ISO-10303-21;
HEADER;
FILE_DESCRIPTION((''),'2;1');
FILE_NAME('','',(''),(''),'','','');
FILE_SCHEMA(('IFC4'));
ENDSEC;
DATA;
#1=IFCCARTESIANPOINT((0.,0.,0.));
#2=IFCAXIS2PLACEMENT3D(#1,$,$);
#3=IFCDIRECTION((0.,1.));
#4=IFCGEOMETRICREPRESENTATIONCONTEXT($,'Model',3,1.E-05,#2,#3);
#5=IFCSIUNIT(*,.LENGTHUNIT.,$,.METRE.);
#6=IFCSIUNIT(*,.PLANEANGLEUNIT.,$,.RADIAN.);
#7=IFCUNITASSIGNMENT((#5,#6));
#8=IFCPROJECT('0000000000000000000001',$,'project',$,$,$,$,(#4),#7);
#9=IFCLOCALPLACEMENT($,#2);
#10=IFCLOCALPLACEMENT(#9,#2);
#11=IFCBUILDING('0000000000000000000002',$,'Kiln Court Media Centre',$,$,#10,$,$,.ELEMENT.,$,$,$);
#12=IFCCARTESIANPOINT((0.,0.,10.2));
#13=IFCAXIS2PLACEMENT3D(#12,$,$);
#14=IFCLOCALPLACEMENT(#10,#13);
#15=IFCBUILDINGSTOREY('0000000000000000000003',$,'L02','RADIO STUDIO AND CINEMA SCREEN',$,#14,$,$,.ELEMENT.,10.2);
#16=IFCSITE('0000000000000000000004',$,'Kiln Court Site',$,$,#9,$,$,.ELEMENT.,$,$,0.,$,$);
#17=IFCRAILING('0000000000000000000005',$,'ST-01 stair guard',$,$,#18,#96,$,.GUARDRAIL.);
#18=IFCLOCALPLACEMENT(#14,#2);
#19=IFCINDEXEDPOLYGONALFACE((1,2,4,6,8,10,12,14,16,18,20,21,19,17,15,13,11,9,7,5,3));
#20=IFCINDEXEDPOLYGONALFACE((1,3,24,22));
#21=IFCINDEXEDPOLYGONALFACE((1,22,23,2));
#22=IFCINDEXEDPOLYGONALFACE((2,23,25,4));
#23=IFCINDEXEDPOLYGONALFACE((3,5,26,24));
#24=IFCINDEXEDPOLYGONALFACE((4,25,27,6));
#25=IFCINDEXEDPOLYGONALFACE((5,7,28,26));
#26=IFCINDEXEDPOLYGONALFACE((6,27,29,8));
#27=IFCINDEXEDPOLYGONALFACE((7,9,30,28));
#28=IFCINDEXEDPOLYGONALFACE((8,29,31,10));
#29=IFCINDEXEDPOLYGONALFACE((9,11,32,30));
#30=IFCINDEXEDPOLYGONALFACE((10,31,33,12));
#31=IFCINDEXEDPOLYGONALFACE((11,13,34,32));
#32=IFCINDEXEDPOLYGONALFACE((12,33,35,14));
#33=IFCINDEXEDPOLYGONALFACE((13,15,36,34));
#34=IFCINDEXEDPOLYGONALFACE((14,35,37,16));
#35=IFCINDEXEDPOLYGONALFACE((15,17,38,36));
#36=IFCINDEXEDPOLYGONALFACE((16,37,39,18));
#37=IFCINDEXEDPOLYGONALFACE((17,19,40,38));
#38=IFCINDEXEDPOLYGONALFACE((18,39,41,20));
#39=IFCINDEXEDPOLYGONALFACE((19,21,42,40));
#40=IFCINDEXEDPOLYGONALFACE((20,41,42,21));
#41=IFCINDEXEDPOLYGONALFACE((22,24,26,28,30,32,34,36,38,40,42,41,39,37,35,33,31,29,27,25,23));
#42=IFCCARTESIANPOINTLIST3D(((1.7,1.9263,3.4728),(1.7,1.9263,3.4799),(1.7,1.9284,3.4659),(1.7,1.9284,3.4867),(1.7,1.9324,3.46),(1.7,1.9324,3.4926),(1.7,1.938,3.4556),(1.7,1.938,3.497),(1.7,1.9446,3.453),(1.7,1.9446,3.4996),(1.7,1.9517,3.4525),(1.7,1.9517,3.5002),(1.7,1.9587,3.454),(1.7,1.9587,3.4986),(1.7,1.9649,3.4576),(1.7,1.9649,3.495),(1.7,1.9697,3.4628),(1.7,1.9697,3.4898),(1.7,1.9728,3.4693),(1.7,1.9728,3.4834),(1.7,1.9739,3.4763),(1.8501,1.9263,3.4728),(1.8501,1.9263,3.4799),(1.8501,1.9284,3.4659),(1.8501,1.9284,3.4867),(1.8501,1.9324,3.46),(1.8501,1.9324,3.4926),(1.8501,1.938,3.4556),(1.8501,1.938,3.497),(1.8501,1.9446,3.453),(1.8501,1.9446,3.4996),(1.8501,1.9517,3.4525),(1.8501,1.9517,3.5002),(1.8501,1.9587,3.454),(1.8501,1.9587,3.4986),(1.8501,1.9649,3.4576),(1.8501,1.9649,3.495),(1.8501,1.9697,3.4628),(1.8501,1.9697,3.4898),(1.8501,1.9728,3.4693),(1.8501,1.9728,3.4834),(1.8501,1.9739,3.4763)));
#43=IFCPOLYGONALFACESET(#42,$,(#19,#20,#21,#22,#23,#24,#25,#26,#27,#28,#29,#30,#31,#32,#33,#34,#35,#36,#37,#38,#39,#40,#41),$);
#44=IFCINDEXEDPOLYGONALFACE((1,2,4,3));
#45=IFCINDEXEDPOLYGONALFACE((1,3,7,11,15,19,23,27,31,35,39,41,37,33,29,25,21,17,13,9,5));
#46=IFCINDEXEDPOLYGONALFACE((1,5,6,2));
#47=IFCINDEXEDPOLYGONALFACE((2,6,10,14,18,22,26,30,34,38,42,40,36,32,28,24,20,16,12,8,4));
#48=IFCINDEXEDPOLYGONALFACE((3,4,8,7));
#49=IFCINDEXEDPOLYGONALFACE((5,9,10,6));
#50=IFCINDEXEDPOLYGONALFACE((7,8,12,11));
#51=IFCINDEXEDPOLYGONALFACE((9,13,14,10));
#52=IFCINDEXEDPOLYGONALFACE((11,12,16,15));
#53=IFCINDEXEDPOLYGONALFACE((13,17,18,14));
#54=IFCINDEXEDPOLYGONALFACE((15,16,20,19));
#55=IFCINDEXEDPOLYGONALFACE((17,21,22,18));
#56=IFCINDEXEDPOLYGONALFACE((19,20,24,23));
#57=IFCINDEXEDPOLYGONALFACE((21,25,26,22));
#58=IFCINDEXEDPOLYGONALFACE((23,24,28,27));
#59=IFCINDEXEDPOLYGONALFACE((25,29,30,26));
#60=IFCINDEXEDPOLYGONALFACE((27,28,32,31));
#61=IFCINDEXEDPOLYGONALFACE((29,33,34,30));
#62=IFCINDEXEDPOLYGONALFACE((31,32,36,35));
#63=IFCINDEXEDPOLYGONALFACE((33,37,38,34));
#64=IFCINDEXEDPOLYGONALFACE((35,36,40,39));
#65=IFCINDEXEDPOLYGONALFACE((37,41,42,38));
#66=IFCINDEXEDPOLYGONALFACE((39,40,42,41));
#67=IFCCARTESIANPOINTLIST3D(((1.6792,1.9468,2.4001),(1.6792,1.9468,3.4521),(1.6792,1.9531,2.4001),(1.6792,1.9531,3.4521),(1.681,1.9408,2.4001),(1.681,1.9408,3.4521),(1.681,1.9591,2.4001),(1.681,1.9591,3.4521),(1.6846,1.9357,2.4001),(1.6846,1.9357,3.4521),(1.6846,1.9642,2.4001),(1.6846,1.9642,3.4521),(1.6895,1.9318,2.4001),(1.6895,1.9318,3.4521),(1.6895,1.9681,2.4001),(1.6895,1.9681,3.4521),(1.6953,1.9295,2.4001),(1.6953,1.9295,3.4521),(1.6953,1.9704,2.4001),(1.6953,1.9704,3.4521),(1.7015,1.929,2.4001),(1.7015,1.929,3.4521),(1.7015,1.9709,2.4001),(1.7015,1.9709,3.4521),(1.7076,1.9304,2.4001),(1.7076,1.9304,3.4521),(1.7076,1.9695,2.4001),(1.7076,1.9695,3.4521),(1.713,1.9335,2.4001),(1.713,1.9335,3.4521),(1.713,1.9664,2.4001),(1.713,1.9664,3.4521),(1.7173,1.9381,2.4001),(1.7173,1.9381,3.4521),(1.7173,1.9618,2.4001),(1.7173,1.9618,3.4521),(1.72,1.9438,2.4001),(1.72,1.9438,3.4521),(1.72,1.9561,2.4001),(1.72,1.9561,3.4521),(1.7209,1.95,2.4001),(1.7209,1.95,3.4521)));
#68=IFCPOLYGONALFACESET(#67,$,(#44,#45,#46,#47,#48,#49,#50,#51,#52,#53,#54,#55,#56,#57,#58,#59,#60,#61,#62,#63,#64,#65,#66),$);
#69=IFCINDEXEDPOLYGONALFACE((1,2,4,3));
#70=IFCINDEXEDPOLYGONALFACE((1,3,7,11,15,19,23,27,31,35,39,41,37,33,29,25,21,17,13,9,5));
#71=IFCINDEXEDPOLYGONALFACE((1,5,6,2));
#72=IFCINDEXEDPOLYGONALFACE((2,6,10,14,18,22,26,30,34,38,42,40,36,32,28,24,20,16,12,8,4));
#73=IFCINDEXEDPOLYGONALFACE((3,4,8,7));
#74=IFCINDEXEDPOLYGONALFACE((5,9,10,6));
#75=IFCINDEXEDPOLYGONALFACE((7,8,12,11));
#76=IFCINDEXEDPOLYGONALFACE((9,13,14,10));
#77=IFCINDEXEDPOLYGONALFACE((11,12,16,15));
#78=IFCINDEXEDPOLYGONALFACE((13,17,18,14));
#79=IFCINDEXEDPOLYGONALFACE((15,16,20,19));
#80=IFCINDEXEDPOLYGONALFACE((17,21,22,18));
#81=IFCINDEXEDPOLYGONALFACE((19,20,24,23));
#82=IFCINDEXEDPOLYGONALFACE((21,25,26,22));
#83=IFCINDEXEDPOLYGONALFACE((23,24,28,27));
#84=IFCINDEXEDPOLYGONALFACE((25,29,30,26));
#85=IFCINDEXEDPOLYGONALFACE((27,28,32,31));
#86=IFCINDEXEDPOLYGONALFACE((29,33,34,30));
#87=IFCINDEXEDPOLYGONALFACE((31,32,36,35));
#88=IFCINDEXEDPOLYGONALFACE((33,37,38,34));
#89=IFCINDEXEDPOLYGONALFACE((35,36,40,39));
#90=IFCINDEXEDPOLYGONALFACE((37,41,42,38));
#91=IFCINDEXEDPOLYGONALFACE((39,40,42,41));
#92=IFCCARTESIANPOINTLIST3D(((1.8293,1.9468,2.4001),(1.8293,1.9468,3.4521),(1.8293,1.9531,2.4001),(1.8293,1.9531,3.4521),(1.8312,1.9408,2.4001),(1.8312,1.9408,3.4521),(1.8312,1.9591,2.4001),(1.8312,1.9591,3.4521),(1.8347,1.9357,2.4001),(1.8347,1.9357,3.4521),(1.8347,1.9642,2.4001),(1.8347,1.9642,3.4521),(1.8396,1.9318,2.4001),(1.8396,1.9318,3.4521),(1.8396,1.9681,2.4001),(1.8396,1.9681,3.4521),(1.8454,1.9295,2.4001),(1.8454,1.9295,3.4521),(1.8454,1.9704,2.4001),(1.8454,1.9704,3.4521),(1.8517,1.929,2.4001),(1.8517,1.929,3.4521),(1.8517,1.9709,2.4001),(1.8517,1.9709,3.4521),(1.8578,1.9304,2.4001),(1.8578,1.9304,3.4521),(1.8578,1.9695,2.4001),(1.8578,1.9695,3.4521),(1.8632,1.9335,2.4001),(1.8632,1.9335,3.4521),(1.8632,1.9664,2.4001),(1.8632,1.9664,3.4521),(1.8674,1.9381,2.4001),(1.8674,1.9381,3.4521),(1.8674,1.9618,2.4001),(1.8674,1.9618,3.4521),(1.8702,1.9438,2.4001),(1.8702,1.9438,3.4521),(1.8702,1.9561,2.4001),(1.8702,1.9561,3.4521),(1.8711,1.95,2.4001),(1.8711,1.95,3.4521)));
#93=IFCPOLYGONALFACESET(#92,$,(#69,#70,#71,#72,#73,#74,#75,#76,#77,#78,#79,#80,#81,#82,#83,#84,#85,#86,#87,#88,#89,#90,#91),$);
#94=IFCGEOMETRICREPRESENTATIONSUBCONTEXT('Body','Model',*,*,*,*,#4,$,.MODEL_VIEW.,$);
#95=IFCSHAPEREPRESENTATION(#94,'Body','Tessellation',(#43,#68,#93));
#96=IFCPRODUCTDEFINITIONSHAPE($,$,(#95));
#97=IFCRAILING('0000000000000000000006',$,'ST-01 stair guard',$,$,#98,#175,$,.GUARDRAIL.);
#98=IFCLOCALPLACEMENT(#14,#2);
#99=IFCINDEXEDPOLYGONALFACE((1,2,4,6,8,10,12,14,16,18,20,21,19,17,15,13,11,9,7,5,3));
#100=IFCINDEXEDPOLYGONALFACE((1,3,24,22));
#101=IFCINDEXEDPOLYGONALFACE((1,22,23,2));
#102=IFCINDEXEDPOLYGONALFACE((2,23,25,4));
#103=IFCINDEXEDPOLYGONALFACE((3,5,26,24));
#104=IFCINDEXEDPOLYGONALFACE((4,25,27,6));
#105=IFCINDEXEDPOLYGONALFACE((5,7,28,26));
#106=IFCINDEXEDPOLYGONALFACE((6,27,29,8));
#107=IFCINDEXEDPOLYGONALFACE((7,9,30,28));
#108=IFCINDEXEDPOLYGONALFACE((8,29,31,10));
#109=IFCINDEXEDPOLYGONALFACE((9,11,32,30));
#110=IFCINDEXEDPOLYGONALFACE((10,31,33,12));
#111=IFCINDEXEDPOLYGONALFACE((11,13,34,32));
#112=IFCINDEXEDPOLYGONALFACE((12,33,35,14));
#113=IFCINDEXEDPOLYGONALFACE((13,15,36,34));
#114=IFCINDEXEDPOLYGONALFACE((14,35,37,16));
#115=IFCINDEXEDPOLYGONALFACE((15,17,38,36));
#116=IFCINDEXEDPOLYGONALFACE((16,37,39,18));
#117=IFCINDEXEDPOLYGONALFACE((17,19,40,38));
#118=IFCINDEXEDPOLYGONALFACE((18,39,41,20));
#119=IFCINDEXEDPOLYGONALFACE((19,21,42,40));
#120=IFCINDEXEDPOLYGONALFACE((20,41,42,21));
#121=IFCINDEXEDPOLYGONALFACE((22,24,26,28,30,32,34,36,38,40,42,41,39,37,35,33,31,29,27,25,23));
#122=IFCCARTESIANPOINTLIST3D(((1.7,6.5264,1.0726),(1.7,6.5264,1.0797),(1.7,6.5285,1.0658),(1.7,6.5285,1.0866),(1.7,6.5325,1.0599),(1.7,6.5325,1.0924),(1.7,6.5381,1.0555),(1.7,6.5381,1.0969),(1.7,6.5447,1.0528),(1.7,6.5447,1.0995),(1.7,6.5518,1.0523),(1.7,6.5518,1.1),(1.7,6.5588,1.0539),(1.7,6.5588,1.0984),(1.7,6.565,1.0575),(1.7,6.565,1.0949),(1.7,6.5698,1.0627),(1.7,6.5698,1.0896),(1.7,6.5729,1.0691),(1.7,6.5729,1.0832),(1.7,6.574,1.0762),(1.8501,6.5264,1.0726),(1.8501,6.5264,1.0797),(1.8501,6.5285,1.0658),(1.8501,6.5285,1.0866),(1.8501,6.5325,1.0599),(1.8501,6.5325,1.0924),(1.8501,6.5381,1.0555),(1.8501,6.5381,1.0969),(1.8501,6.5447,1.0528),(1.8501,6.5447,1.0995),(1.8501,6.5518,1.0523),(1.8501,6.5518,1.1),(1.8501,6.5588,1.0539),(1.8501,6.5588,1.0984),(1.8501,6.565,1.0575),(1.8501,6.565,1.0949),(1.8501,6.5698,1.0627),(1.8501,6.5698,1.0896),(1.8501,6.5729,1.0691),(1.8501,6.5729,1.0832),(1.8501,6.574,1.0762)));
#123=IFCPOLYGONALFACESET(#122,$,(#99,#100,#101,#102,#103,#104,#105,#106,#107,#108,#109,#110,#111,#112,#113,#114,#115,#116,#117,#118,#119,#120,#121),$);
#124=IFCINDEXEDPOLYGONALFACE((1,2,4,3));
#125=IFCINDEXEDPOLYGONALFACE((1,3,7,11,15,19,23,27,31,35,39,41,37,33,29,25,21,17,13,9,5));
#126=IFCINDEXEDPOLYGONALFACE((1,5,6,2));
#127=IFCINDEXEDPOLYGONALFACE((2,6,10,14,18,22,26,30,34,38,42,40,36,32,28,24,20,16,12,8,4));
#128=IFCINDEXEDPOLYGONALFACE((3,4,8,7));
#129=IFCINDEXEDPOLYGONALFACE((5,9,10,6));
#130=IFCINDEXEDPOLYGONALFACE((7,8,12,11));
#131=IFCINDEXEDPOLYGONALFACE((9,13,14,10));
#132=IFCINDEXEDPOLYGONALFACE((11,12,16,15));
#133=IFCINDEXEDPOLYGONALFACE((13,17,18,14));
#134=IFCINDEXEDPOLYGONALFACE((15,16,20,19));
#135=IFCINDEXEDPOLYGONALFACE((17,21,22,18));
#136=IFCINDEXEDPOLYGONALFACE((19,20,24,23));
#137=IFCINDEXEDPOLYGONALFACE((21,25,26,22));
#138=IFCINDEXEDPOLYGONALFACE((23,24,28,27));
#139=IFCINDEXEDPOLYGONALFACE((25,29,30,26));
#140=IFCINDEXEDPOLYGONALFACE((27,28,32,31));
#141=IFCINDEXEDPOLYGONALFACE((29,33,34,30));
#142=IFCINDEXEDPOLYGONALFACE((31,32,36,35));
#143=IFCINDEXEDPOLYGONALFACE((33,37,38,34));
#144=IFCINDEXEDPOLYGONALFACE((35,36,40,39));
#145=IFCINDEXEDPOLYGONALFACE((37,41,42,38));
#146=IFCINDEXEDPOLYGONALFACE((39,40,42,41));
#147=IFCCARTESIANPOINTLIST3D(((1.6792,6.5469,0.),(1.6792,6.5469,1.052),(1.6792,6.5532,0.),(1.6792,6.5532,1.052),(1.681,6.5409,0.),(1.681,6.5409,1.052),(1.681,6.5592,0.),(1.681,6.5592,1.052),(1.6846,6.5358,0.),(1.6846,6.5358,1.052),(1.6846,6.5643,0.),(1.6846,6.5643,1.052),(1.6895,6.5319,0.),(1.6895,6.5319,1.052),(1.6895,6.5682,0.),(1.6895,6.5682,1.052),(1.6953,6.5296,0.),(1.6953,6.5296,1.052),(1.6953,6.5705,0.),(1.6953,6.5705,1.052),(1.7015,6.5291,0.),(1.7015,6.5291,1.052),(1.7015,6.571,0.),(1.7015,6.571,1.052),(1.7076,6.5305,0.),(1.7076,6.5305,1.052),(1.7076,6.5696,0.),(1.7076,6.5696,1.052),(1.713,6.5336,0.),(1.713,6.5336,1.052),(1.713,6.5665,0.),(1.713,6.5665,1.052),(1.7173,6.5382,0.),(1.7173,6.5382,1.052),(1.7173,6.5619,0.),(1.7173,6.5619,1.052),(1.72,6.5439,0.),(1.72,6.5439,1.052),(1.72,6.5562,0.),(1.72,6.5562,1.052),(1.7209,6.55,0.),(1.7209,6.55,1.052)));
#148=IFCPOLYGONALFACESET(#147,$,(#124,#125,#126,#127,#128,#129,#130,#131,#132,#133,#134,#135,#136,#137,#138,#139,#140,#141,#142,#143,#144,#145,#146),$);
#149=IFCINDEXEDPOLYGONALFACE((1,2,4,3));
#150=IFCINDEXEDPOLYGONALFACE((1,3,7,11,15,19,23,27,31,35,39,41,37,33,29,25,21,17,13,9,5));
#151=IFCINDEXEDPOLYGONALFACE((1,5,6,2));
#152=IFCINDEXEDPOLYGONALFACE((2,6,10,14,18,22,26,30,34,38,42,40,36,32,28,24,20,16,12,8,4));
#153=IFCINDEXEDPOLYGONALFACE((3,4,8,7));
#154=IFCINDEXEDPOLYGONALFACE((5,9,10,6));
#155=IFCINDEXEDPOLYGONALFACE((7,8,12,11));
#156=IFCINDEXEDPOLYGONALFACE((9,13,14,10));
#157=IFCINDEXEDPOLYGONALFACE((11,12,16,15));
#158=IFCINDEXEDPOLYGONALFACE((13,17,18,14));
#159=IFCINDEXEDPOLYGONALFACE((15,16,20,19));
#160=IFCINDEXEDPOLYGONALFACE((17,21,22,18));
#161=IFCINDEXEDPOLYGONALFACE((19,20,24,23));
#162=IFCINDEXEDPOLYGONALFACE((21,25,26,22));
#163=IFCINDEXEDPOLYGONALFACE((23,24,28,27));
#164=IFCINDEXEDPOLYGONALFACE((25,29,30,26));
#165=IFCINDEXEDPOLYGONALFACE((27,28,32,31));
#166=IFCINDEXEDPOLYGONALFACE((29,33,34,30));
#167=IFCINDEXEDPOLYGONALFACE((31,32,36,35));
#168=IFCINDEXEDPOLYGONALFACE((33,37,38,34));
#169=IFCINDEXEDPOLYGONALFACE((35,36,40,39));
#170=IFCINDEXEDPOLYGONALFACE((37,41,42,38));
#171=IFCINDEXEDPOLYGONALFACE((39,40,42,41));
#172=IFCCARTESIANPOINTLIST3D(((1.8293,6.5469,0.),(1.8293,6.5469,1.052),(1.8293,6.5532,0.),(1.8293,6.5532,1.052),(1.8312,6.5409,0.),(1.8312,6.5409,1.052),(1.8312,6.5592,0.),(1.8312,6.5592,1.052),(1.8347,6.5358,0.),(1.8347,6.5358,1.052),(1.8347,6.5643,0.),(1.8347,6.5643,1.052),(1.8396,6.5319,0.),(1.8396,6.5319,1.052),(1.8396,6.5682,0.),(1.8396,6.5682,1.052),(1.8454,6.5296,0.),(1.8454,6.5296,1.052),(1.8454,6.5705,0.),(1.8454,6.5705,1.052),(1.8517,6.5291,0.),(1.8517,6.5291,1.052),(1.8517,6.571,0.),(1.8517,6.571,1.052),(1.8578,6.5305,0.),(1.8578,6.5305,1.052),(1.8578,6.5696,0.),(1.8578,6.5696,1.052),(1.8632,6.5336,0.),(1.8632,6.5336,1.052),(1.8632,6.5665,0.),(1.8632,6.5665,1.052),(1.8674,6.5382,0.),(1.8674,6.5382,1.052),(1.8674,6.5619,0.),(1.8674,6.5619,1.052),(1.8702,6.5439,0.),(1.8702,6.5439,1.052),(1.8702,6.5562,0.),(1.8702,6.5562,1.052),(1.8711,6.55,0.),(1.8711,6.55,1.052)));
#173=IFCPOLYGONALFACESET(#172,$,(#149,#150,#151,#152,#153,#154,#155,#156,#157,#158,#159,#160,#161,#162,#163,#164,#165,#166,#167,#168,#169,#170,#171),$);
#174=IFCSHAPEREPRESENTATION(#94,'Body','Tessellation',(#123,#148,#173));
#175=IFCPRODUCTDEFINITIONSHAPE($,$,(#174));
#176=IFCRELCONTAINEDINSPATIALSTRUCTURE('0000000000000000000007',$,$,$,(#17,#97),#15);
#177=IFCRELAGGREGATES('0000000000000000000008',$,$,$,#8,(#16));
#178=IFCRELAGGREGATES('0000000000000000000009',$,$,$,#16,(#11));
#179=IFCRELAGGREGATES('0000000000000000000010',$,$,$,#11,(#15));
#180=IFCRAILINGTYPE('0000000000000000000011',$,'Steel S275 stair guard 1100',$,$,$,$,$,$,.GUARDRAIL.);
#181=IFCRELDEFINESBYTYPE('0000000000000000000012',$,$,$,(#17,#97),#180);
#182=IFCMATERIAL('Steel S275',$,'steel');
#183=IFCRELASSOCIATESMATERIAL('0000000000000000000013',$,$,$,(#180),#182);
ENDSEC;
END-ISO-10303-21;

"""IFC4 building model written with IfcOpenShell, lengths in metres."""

from ifc_helpers import new_model, si_unit, direction, frame, origin, origin_2d, place, context, subcontext, project, spatial, circle, extrude, material, type_object, element, save


model = new_model("IFC4")

# Units and contexts
model_context = context("Model", 3, precision=1e-05, world=origin(), true_north=direction((0.0, 1.0)))
body_context = subcontext(model_context, "Body", "Model", "MODEL_VIEW")
ifc_project = project(units=[si_unit("LENGTHUNIT", "METRE"), si_unit("PLANEANGLEUNIT", "RADIAN")], contexts=[model_context])

# Site, building, storey
site_placement = place(None, origin())
site = spatial("IfcSite", under=ifc_project, at=site_placement, Name="Kiln Court Site", CompositionType="ELEMENT", RefElevation=0.0)
building_placement = place(site_placement, origin())
building = spatial("IfcBuilding", under=site, at=building_placement, Name="Kiln Court Media Centre", CompositionType="ELEMENT")
storey_placement = place(building_placement, frame((0.0, 0.0, 10.2)))
storey = spatial("IfcBuildingStorey", under=building, at=storey_placement, Name="L02", Description="RADIO STUDIO AND CINEMA SCREEN", CompositionType="ELEMENT", Elevation=10.2)

# Railings
ifc_material_1 = material(Name="Steel S275", Category="steel")
railing_type_1 = type_object("IfcRailingType", Name="Steel S275 stair guard 1100", PredefinedType="GUARDRAIL", material=ifc_material_1)
for number, where, name in (
    (1, (1.7, 1.95, 2.4001), "ST-01 stair guard"),
    (2, (1.7, 6.55, 0.0), "ST-01 stair guard"),
):
    element("IfcRailing", number, at=place(storey_placement, frame(where)), inside=storey, type_object=railing_type_1, Name=name, PredefinedType="GUARDRAIL", context=body_context, shape_type="SweptSolid", body=[
        extrude(circle(Radius=0.0239, at=origin_2d()), frame((0.0, 0.0, 1.0762), z_axis=(1.0, 0.0, 0.0), x_axis=(0.0, 1.0, 0.0)), (0.0, 0.0, 1.0), 0.1501),
        extrude(circle(Radius=0.021, at=origin_2d()), origin(), (0.0, 0.0, 1.0), 1.052),
        extrude(circle(Radius=0.021, at=origin_2d()), frame((0.1501, 0.0, 0.0)), (0.0, 0.0, 1.0), 1.052),
    ])

save(model, "model.ifc")
